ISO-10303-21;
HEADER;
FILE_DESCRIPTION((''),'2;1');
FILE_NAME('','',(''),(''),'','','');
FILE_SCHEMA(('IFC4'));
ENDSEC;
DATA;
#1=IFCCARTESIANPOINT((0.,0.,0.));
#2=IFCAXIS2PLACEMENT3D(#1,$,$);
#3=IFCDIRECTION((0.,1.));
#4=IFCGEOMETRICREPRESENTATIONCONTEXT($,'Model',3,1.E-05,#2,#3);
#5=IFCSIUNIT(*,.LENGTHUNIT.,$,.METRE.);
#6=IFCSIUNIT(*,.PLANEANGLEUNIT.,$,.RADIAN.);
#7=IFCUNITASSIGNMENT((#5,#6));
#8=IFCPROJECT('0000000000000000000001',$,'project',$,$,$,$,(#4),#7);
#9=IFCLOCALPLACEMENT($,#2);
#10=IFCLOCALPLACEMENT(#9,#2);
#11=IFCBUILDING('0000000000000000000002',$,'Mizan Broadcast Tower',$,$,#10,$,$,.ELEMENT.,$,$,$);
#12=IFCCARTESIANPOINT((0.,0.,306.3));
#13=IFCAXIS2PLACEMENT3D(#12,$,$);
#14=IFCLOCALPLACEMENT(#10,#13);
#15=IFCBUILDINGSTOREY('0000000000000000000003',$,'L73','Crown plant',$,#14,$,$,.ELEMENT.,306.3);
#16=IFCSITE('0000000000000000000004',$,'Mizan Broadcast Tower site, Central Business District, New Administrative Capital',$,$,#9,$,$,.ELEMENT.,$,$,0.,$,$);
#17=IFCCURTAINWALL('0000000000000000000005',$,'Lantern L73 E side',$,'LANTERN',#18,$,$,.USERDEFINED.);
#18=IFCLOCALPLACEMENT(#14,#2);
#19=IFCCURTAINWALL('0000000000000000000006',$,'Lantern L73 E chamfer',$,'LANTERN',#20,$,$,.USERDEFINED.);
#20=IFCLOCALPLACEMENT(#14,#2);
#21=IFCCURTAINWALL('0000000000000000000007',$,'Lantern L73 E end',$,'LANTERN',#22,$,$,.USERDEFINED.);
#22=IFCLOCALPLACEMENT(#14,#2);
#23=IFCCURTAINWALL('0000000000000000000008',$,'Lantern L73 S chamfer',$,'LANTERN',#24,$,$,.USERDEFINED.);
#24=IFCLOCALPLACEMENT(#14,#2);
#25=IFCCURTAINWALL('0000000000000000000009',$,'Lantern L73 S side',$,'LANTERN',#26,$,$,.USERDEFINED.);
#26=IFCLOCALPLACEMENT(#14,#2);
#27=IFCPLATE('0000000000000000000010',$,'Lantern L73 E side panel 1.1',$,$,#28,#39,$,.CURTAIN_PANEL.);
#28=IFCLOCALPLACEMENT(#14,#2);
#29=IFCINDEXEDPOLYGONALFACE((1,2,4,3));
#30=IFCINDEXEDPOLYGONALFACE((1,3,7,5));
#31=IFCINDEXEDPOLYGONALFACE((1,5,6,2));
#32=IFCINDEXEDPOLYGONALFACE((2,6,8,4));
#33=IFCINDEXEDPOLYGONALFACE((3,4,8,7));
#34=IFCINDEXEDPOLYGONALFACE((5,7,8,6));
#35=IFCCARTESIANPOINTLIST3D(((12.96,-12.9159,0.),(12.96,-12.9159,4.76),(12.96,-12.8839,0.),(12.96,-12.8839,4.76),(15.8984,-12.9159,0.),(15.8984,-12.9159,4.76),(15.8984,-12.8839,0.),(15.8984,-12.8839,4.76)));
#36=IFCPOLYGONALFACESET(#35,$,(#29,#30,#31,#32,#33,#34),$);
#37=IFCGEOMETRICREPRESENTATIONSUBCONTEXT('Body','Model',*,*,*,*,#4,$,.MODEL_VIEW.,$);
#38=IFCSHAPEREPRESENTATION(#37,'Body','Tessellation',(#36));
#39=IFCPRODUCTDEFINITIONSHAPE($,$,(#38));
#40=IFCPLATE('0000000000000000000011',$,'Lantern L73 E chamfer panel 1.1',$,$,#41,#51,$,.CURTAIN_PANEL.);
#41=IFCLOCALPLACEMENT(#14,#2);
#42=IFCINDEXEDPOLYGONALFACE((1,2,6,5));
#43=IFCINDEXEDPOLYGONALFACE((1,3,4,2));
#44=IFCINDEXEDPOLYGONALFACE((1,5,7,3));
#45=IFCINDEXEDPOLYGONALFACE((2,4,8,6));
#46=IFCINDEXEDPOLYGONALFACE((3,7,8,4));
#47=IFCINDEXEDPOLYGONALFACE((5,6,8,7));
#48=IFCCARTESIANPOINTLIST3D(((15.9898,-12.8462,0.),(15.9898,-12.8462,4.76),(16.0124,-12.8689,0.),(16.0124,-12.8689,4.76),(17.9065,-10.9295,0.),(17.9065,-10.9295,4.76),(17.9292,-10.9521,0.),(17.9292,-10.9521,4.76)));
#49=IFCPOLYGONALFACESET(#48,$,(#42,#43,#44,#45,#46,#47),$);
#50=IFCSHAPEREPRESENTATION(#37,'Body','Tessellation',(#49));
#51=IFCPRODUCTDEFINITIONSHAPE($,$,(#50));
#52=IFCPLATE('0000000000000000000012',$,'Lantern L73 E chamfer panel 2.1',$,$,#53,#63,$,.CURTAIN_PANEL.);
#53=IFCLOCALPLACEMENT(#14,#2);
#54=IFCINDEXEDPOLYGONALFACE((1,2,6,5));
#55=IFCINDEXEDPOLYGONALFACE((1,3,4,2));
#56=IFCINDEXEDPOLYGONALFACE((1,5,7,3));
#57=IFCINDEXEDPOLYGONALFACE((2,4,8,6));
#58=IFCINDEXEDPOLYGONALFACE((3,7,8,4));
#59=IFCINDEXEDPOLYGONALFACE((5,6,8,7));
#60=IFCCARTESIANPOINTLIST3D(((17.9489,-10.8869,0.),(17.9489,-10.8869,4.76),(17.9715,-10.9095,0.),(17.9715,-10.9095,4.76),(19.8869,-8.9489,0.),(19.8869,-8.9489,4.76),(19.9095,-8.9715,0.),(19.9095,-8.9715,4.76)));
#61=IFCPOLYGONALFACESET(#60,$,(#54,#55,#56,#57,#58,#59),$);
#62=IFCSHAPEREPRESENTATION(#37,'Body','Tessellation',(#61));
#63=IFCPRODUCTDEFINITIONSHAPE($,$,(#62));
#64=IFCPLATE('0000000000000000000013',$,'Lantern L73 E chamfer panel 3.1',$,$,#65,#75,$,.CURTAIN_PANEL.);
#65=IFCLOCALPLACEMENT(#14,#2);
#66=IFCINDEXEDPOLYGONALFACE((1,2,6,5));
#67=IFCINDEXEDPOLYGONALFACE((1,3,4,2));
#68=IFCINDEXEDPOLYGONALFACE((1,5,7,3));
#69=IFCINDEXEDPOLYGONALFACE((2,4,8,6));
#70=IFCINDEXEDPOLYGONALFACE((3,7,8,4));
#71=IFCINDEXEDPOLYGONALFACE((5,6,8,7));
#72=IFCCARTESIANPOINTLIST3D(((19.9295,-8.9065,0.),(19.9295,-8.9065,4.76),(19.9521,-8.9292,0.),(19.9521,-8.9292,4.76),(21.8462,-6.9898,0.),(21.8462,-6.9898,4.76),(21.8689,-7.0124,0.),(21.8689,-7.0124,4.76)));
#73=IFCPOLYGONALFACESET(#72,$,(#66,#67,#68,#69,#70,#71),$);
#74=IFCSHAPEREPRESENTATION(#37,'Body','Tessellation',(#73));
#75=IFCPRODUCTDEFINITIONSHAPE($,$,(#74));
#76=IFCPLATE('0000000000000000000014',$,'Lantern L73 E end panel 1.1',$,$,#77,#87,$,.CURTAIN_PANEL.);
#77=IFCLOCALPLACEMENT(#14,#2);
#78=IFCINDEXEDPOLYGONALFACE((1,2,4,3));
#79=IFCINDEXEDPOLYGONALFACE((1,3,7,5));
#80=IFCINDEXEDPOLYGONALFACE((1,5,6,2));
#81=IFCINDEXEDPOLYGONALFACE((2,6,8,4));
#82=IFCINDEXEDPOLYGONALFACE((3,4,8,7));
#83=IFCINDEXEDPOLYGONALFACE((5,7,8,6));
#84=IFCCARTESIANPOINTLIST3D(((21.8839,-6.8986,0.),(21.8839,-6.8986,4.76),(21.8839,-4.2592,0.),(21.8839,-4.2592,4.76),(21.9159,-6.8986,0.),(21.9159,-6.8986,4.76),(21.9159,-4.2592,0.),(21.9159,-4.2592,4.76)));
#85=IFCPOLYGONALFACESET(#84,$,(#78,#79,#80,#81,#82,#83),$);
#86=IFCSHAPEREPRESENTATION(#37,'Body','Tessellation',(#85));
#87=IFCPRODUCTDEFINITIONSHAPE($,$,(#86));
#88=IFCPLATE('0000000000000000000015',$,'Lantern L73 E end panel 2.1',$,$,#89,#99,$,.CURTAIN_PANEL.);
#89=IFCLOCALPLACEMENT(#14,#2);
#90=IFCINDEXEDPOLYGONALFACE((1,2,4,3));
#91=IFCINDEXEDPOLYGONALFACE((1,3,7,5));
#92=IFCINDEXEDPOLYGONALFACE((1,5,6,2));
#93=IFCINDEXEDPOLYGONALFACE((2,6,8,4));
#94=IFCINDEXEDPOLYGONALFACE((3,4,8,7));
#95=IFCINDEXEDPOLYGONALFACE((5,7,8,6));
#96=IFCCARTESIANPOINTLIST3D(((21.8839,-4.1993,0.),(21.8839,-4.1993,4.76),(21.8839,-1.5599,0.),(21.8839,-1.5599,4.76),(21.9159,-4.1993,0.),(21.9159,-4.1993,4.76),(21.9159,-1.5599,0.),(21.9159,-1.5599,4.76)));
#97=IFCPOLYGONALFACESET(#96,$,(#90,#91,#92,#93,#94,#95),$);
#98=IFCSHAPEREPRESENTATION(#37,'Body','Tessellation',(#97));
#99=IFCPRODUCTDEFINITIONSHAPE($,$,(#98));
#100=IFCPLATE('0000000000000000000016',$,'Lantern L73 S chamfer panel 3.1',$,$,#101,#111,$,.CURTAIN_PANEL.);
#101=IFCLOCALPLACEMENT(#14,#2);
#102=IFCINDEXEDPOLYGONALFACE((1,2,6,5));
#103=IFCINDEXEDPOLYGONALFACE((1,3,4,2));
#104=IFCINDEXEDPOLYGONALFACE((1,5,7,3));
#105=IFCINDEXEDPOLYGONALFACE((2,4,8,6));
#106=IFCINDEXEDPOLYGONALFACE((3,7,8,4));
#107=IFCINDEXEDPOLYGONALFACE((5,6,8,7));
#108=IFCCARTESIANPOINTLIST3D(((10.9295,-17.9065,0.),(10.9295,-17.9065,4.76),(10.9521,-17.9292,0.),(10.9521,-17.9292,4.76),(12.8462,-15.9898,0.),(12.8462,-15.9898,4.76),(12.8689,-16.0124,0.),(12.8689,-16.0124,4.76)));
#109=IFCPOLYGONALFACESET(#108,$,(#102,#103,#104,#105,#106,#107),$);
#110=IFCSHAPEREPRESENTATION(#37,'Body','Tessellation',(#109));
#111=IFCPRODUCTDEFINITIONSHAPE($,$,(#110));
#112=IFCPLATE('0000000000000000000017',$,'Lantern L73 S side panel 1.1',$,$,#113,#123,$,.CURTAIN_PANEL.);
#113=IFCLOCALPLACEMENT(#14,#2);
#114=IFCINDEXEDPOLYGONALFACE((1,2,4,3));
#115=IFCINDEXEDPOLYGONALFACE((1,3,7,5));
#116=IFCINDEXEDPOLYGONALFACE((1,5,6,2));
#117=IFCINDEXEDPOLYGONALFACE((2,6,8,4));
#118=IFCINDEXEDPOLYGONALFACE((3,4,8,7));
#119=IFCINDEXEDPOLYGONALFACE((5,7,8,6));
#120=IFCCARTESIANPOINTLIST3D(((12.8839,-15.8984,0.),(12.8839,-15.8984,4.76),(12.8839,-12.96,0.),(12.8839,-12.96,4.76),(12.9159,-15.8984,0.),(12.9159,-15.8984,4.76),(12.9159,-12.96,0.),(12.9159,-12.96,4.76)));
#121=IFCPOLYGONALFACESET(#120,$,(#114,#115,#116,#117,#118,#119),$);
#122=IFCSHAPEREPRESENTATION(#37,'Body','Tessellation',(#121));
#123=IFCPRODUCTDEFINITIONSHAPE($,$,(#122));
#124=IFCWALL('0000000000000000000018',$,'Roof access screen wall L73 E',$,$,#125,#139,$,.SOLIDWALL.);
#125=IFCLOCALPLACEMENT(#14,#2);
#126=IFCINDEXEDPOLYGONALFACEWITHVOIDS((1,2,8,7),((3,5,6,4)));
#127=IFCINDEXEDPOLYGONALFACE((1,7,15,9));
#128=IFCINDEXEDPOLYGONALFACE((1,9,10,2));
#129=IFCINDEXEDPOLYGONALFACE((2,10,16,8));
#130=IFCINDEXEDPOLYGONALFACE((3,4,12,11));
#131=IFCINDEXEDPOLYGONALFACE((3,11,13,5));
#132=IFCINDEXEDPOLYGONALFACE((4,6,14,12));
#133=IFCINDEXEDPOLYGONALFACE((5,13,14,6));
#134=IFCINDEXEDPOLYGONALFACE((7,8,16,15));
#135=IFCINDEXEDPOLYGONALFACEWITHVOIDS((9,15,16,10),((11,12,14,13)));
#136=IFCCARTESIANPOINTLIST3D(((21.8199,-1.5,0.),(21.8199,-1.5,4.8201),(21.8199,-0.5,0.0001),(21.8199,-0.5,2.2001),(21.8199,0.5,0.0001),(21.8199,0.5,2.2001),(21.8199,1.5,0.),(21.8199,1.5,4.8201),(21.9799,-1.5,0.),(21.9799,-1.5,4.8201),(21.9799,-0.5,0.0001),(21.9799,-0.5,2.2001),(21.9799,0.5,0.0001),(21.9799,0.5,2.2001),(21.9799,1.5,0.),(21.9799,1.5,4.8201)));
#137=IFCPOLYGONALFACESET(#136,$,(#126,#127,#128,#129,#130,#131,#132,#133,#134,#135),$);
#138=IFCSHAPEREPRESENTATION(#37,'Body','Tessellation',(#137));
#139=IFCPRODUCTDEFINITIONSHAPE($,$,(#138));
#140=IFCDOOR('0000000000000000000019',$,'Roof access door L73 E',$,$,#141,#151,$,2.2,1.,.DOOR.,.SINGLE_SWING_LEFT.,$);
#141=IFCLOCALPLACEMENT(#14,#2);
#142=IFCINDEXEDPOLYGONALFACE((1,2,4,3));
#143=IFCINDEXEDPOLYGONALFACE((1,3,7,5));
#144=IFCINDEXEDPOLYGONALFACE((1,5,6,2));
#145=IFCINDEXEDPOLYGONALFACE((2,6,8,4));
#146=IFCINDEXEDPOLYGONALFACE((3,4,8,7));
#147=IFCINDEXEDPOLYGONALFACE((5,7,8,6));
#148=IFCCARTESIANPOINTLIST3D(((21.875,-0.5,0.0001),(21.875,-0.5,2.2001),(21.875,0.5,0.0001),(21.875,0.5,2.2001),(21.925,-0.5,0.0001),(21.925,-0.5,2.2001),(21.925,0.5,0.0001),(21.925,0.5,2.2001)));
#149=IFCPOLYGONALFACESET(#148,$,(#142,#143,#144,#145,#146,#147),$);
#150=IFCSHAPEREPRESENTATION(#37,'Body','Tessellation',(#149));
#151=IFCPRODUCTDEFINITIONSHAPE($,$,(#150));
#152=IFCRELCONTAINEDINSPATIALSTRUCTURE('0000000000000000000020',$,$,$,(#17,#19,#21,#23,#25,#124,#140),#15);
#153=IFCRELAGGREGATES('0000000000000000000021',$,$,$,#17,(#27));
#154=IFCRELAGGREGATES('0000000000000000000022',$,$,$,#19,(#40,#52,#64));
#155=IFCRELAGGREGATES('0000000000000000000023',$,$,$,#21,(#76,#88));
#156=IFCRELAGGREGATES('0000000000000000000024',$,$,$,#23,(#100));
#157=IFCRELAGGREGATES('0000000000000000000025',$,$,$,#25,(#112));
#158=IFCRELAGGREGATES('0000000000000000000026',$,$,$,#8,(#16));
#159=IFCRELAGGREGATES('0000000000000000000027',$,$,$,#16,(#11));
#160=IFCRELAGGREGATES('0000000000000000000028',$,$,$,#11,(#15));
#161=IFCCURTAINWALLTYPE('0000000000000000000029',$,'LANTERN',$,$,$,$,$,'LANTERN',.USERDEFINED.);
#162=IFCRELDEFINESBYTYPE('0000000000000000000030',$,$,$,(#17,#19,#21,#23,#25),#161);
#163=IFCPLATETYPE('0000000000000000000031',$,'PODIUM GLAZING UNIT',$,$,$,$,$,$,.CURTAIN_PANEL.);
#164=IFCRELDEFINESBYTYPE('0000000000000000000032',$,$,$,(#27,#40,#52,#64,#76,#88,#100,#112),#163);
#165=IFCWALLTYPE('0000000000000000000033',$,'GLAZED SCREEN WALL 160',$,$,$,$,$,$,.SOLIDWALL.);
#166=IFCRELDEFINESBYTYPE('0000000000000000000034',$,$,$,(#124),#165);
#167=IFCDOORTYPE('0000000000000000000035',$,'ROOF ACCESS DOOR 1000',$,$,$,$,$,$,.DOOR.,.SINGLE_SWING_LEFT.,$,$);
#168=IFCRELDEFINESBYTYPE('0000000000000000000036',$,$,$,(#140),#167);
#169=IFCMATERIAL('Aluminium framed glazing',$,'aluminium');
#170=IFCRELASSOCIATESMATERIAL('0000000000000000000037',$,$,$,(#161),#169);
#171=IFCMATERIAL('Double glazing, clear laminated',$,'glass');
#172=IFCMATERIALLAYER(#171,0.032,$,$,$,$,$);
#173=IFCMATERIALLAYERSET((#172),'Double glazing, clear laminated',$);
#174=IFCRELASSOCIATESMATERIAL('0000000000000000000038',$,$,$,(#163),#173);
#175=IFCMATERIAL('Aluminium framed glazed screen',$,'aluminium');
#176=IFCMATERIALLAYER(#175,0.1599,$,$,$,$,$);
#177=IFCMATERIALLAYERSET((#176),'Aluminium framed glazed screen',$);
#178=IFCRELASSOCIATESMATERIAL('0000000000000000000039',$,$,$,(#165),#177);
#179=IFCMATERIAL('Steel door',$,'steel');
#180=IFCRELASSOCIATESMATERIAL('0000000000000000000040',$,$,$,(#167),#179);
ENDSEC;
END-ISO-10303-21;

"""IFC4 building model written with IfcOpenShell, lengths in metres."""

from ifc_helpers import new_model, si_unit, direction, frame, frame_2d, origin, origin_2d, place, context, subcontext, project, spatial, rectangle, extrude, material, layer, layer_set, type_object, element, fill, aggregate, save


model = new_model("IFC4")

# Units and contexts
model_context = context("Model", 3, precision=1e-05, world=origin(), true_north=direction((0.0, 1.0)))
body_context = subcontext(model_context, "Body", "Model", "MODEL_VIEW")
ifc_project = project(units=[si_unit("LENGTHUNIT", "METRE"), si_unit("PLANEANGLEUNIT", "RADIAN")], contexts=[model_context])

# Site, building, storey
site_placement = place(None, origin())
site = spatial("IfcSite", under=ifc_project, at=site_placement, Name="Mizan Broadcast Tower site, Central Business District, New Administrative Capital", CompositionType="ELEMENT", RefElevation=0.0)
building_placement = place(site_placement, origin())
building = spatial("IfcBuilding", under=site, at=building_placement, Name="Mizan Broadcast Tower", CompositionType="ELEMENT")
storey_placement = place(building_placement, frame((0.0, 0.0, 306.3)))
storey = spatial("IfcBuildingStorey", under=building, at=storey_placement, Name="L73", Description="Crown plant", CompositionType="ELEMENT", Elevation=306.3)

# Curtain wall
ifc_material_1 = material(Name="Aluminium framed glazing", Category="aluminium")
curtain_wall_type = type_object("IfcCurtainWallType", Name="LANTERN", ElementType="LANTERN", PredefinedType="USERDEFINED", material=ifc_material_1)
curtain_wall_1_placement = place(storey_placement, origin())
curtain_wall_1 = element("IfcCurtainWall", 1, at=curtain_wall_1_placement, inside=storey, type_object=curtain_wall_type, Name="Lantern L73 E side", ObjectType="LANTERN", PredefinedType="USERDEFINED")

# Curtain walls
curtain_wall_2_placement = place(storey_placement, origin())
curtain_wall_2 = element("IfcCurtainWall", 2, at=curtain_wall_2_placement, inside=storey, type_object=curtain_wall_type, Name="Lantern L73 E chamfer", ObjectType="LANTERN", PredefinedType="USERDEFINED")
curtain_wall_3_placement = place(storey_placement, origin())
curtain_wall_3 = element("IfcCurtainWall", 3, at=curtain_wall_3_placement, inside=storey, type_object=curtain_wall_type, Name="Lantern L73 E end", ObjectType="LANTERN", PredefinedType="USERDEFINED")

# Curtain walls
curtain_wall_4_placement = place(storey_placement, origin())
curtain_wall_4 = element("IfcCurtainWall", 4, at=curtain_wall_4_placement, inside=storey, type_object=curtain_wall_type, Name="Lantern L73 S chamfer", ObjectType="LANTERN", PredefinedType="USERDEFINED")
curtain_wall_5_placement = place(storey_placement, origin())
curtain_wall_5 = element("IfcCurtainWall", 5, at=curtain_wall_5_placement, inside=storey, type_object=curtain_wall_type, Name="Lantern L73 S side", ObjectType="LANTERN", PredefinedType="USERDEFINED")

# Plates
ifc_material_2 = material(Name="Double glazing, clear laminated", Category="glass")
ifc_layer_1 = layer(ifc_material_2, 0.032)
ifc_layer_set_1 = layer_set([ifc_layer_1], Name="Double glazing, clear laminated")
plate_type = type_object("IfcPlateType", Name="PODIUM GLAZING UNIT", PredefinedType="CURTAIN_PANEL", material=ifc_layer_set_1)
plate_1_placement = place(storey_placement, frame((14.4292, -12.8999, 0.0), z_axis=(0.0, 0.0, 1.0), x_axis=(1.0, 0.0, 0.0)))
plate_1 = element("IfcPlate", 6, at=plate_1_placement, type_object=plate_type, Name="Lantern L73 E side panel 1.1", PredefinedType="CURTAIN_PANEL", context=body_context, shape_type="SweptSolid", body=[
    extrude(rectangle(XDim=2.9385, YDim=0.032, at=origin_2d()), origin(), (0.0, 0.0, 1.0), 4.76),
])
aggregate(curtain_wall_1, [plate_1])
plate_2_placement = place(storey_placement, frame((16.9595, -11.8992, 0.0), z_axis=(0.0, 0.0, 1.0), x_axis=(0.707107, 0.707107, 0.0)))
plate_2 = element("IfcPlate", 7, at=plate_2_placement, type_object=plate_type, Name="Lantern L73 E chamfer panel 1.1", PredefinedType="CURTAIN_PANEL", context=body_context, shape_type="SweptSolid", body=[
    extrude(rectangle(XDim=2.7107, YDim=0.032, at=origin_2d()), origin(), (0.0, 0.0, 1.0), 4.76),
])
plate_3_placement = place(storey_placement, frame((18.9292, -9.9292, 0.0), z_axis=(0.0, 0.0, 1.0), x_axis=(0.707107, 0.707107, 0.0)))
plate_3 = element("IfcPlate", 8, at=plate_3_placement, type_object=plate_type, Name="Lantern L73 E chamfer panel 2.1", PredefinedType="CURTAIN_PANEL", context=body_context, shape_type="SweptSolid", body=[
    extrude(rectangle(XDim=2.7407, YDim=0.032, at=origin_2d()), origin(), (0.0, 0.0, 1.0), 4.76),
])
plate_4_placement = place(storey_placement, frame((20.8992, -7.9595, 0.0), z_axis=(0.0, 0.0, 1.0), x_axis=(0.707107, 0.707107, 0.0)))
plate_4 = element("IfcPlate", 9, at=plate_4_placement, type_object=plate_type, Name="Lantern L73 E chamfer panel 3.1", PredefinedType="CURTAIN_PANEL", context=body_context, shape_type="SweptSolid", body=[
    extrude(rectangle(XDim=2.7107, YDim=0.032, at=origin_2d()), origin(), (0.0, 0.0, 1.0), 4.76),
])
aggregate(curtain_wall_2, [plate_2, plate_3, plate_4])
plate_5_placement = place(storey_placement, frame((21.8999, -5.5789, 0.0), z_axis=(0.0, 0.0, 1.0), x_axis=(0.0, 1.0, 0.0)))
plate_5 = element("IfcPlate", 10, at=plate_5_placement, type_object=plate_type, Name="Lantern L73 E end panel 1.1", PredefinedType="CURTAIN_PANEL", context=body_context, shape_type="SweptSolid", body=[
    extrude(rectangle(XDim=2.6394, YDim=0.032, at=origin_2d()), origin(), (0.0, 0.0, 1.0), 4.76),
])
plate_6_placement = place(storey_placement, frame((21.8999, -2.8796, 0.0), z_axis=(0.0, 0.0, 1.0), x_axis=(0.0, 1.0, 0.0)))
plate_6 = element("IfcPlate", 11, at=plate_6_placement, type_object=plate_type, Name="Lantern L73 E end panel 2.1", PredefinedType="CURTAIN_PANEL", context=body_context, shape_type="SweptSolid", body=[
    extrude(rectangle(XDim=2.6394, YDim=0.032, at=origin_2d()), origin(), (0.0, 0.0, 1.0), 4.76),
])
aggregate(curtain_wall_3, [plate_5, plate_6])
plate_7_placement = place(storey_placement, frame((11.8992, -16.9595, 0.0), z_axis=(0.0, 0.0, 1.0), x_axis=(0.707107, 0.707107, 0.0)))
plate_7 = element("IfcPlate", 12, at=plate_7_placement, type_object=plate_type, Name="Lantern L73 S chamfer panel 3.1", PredefinedType="CURTAIN_PANEL", context=body_context, shape_type="SweptSolid", body=[
    extrude(rectangle(XDim=2.7107, YDim=0.032, at=origin_2d()), origin(), (0.0, 0.0, 1.0), 4.76),
])
aggregate(curtain_wall_4, [plate_7])
plate_8_placement = place(storey_placement, frame((12.8999, -14.4292, 0.0), z_axis=(0.0, 0.0, 1.0), x_axis=(0.0, 1.0, 0.0)))
plate_8 = element("IfcPlate", 13, at=plate_8_placement, type_object=plate_type, Name="Lantern L73 S side panel 1.1", PredefinedType="CURTAIN_PANEL", context=body_context, shape_type="SweptSolid", body=[
    extrude(rectangle(XDim=2.9385, YDim=0.032, at=origin_2d()), origin(), (0.0, 0.0, 1.0), 4.76),
])
aggregate(curtain_wall_5, [plate_8])

# Wall, opening, door
ifc_material_3 = material(Name="Aluminium framed glazed screen", Category="aluminium")
ifc_layer_2 = layer(ifc_material_3, 0.1599)
ifc_layer_set_2 = layer_set([ifc_layer_2], Name="Aluminium framed glazed screen")
wall_type = type_object("IfcWallType", Name="GLAZED SCREEN WALL 160", PredefinedType="SOLIDWALL", material=ifc_layer_set_2)
wall_placement = place(storey_placement, frame((21.8999, -1.5, 0.0), z_axis=(0.0, 0.0, 1.0), x_axis=(0.0, 1.0, 0.0)))
wall = element("IfcWall", 14, at=wall_placement, inside=storey, type_object=wall_type, Name="Roof access screen wall L73 E", PredefinedType="SOLIDWALL", context=body_context, shape_type="SweptSolid", body=[
    extrude(rectangle(XDim=3.0, YDim=0.1599, at=frame_2d((1.5, 0.0))), origin(), (0.0, 0.0, 1.0), 4.8201),
])
opening_placement = place(wall_placement, frame((1.0, 0.0, 0.0)))
opening = element("IfcOpeningElement", 15, at=opening_placement, cuts=wall, PredefinedType="OPENING", context=body_context, shape_type="SweptSolid", body=[
    extrude(rectangle(XDim=1.0, YDim=2.2, at=frame_2d((0.5, 1.1001))), frame((0.0, 0.0898, 0.0), z_axis=(0.0, -1.0, 0.0), x_axis=(1.0, 0.0, 0.0)), (0.0, 0.0, 1.0), 0.1799),
])
ifc_material_4 = material(Name="Steel door", Category="steel")
door_type = type_object("IfcDoorType", Name="ROOF ACCESS DOOR 1000", OperationType="SINGLE_SWING_LEFT", PredefinedType="DOOR", material=ifc_material_4)
door_placement = place(opening_placement, origin())
door = element("IfcDoor", 16, at=door_placement, inside=storey, type_object=door_type, Name="Roof access door L73 E", OperationType="SINGLE_SWING_LEFT", OverallHeight=2.2, OverallWidth=1.0, PredefinedType="DOOR", context=body_context, shape_type="SweptSolid", body=[
    extrude(rectangle(XDim=1.0, YDim=2.2, at=frame_2d((0.5, 1.1001))), frame((0.0, 0.0249, 0.0), z_axis=(0.0, -1.0, 0.0), x_axis=(1.0, 0.0, 0.0)), (0.0, 0.0, 1.0), 0.05),
])
fill(opening, door)

save(model, "model.ifc")
